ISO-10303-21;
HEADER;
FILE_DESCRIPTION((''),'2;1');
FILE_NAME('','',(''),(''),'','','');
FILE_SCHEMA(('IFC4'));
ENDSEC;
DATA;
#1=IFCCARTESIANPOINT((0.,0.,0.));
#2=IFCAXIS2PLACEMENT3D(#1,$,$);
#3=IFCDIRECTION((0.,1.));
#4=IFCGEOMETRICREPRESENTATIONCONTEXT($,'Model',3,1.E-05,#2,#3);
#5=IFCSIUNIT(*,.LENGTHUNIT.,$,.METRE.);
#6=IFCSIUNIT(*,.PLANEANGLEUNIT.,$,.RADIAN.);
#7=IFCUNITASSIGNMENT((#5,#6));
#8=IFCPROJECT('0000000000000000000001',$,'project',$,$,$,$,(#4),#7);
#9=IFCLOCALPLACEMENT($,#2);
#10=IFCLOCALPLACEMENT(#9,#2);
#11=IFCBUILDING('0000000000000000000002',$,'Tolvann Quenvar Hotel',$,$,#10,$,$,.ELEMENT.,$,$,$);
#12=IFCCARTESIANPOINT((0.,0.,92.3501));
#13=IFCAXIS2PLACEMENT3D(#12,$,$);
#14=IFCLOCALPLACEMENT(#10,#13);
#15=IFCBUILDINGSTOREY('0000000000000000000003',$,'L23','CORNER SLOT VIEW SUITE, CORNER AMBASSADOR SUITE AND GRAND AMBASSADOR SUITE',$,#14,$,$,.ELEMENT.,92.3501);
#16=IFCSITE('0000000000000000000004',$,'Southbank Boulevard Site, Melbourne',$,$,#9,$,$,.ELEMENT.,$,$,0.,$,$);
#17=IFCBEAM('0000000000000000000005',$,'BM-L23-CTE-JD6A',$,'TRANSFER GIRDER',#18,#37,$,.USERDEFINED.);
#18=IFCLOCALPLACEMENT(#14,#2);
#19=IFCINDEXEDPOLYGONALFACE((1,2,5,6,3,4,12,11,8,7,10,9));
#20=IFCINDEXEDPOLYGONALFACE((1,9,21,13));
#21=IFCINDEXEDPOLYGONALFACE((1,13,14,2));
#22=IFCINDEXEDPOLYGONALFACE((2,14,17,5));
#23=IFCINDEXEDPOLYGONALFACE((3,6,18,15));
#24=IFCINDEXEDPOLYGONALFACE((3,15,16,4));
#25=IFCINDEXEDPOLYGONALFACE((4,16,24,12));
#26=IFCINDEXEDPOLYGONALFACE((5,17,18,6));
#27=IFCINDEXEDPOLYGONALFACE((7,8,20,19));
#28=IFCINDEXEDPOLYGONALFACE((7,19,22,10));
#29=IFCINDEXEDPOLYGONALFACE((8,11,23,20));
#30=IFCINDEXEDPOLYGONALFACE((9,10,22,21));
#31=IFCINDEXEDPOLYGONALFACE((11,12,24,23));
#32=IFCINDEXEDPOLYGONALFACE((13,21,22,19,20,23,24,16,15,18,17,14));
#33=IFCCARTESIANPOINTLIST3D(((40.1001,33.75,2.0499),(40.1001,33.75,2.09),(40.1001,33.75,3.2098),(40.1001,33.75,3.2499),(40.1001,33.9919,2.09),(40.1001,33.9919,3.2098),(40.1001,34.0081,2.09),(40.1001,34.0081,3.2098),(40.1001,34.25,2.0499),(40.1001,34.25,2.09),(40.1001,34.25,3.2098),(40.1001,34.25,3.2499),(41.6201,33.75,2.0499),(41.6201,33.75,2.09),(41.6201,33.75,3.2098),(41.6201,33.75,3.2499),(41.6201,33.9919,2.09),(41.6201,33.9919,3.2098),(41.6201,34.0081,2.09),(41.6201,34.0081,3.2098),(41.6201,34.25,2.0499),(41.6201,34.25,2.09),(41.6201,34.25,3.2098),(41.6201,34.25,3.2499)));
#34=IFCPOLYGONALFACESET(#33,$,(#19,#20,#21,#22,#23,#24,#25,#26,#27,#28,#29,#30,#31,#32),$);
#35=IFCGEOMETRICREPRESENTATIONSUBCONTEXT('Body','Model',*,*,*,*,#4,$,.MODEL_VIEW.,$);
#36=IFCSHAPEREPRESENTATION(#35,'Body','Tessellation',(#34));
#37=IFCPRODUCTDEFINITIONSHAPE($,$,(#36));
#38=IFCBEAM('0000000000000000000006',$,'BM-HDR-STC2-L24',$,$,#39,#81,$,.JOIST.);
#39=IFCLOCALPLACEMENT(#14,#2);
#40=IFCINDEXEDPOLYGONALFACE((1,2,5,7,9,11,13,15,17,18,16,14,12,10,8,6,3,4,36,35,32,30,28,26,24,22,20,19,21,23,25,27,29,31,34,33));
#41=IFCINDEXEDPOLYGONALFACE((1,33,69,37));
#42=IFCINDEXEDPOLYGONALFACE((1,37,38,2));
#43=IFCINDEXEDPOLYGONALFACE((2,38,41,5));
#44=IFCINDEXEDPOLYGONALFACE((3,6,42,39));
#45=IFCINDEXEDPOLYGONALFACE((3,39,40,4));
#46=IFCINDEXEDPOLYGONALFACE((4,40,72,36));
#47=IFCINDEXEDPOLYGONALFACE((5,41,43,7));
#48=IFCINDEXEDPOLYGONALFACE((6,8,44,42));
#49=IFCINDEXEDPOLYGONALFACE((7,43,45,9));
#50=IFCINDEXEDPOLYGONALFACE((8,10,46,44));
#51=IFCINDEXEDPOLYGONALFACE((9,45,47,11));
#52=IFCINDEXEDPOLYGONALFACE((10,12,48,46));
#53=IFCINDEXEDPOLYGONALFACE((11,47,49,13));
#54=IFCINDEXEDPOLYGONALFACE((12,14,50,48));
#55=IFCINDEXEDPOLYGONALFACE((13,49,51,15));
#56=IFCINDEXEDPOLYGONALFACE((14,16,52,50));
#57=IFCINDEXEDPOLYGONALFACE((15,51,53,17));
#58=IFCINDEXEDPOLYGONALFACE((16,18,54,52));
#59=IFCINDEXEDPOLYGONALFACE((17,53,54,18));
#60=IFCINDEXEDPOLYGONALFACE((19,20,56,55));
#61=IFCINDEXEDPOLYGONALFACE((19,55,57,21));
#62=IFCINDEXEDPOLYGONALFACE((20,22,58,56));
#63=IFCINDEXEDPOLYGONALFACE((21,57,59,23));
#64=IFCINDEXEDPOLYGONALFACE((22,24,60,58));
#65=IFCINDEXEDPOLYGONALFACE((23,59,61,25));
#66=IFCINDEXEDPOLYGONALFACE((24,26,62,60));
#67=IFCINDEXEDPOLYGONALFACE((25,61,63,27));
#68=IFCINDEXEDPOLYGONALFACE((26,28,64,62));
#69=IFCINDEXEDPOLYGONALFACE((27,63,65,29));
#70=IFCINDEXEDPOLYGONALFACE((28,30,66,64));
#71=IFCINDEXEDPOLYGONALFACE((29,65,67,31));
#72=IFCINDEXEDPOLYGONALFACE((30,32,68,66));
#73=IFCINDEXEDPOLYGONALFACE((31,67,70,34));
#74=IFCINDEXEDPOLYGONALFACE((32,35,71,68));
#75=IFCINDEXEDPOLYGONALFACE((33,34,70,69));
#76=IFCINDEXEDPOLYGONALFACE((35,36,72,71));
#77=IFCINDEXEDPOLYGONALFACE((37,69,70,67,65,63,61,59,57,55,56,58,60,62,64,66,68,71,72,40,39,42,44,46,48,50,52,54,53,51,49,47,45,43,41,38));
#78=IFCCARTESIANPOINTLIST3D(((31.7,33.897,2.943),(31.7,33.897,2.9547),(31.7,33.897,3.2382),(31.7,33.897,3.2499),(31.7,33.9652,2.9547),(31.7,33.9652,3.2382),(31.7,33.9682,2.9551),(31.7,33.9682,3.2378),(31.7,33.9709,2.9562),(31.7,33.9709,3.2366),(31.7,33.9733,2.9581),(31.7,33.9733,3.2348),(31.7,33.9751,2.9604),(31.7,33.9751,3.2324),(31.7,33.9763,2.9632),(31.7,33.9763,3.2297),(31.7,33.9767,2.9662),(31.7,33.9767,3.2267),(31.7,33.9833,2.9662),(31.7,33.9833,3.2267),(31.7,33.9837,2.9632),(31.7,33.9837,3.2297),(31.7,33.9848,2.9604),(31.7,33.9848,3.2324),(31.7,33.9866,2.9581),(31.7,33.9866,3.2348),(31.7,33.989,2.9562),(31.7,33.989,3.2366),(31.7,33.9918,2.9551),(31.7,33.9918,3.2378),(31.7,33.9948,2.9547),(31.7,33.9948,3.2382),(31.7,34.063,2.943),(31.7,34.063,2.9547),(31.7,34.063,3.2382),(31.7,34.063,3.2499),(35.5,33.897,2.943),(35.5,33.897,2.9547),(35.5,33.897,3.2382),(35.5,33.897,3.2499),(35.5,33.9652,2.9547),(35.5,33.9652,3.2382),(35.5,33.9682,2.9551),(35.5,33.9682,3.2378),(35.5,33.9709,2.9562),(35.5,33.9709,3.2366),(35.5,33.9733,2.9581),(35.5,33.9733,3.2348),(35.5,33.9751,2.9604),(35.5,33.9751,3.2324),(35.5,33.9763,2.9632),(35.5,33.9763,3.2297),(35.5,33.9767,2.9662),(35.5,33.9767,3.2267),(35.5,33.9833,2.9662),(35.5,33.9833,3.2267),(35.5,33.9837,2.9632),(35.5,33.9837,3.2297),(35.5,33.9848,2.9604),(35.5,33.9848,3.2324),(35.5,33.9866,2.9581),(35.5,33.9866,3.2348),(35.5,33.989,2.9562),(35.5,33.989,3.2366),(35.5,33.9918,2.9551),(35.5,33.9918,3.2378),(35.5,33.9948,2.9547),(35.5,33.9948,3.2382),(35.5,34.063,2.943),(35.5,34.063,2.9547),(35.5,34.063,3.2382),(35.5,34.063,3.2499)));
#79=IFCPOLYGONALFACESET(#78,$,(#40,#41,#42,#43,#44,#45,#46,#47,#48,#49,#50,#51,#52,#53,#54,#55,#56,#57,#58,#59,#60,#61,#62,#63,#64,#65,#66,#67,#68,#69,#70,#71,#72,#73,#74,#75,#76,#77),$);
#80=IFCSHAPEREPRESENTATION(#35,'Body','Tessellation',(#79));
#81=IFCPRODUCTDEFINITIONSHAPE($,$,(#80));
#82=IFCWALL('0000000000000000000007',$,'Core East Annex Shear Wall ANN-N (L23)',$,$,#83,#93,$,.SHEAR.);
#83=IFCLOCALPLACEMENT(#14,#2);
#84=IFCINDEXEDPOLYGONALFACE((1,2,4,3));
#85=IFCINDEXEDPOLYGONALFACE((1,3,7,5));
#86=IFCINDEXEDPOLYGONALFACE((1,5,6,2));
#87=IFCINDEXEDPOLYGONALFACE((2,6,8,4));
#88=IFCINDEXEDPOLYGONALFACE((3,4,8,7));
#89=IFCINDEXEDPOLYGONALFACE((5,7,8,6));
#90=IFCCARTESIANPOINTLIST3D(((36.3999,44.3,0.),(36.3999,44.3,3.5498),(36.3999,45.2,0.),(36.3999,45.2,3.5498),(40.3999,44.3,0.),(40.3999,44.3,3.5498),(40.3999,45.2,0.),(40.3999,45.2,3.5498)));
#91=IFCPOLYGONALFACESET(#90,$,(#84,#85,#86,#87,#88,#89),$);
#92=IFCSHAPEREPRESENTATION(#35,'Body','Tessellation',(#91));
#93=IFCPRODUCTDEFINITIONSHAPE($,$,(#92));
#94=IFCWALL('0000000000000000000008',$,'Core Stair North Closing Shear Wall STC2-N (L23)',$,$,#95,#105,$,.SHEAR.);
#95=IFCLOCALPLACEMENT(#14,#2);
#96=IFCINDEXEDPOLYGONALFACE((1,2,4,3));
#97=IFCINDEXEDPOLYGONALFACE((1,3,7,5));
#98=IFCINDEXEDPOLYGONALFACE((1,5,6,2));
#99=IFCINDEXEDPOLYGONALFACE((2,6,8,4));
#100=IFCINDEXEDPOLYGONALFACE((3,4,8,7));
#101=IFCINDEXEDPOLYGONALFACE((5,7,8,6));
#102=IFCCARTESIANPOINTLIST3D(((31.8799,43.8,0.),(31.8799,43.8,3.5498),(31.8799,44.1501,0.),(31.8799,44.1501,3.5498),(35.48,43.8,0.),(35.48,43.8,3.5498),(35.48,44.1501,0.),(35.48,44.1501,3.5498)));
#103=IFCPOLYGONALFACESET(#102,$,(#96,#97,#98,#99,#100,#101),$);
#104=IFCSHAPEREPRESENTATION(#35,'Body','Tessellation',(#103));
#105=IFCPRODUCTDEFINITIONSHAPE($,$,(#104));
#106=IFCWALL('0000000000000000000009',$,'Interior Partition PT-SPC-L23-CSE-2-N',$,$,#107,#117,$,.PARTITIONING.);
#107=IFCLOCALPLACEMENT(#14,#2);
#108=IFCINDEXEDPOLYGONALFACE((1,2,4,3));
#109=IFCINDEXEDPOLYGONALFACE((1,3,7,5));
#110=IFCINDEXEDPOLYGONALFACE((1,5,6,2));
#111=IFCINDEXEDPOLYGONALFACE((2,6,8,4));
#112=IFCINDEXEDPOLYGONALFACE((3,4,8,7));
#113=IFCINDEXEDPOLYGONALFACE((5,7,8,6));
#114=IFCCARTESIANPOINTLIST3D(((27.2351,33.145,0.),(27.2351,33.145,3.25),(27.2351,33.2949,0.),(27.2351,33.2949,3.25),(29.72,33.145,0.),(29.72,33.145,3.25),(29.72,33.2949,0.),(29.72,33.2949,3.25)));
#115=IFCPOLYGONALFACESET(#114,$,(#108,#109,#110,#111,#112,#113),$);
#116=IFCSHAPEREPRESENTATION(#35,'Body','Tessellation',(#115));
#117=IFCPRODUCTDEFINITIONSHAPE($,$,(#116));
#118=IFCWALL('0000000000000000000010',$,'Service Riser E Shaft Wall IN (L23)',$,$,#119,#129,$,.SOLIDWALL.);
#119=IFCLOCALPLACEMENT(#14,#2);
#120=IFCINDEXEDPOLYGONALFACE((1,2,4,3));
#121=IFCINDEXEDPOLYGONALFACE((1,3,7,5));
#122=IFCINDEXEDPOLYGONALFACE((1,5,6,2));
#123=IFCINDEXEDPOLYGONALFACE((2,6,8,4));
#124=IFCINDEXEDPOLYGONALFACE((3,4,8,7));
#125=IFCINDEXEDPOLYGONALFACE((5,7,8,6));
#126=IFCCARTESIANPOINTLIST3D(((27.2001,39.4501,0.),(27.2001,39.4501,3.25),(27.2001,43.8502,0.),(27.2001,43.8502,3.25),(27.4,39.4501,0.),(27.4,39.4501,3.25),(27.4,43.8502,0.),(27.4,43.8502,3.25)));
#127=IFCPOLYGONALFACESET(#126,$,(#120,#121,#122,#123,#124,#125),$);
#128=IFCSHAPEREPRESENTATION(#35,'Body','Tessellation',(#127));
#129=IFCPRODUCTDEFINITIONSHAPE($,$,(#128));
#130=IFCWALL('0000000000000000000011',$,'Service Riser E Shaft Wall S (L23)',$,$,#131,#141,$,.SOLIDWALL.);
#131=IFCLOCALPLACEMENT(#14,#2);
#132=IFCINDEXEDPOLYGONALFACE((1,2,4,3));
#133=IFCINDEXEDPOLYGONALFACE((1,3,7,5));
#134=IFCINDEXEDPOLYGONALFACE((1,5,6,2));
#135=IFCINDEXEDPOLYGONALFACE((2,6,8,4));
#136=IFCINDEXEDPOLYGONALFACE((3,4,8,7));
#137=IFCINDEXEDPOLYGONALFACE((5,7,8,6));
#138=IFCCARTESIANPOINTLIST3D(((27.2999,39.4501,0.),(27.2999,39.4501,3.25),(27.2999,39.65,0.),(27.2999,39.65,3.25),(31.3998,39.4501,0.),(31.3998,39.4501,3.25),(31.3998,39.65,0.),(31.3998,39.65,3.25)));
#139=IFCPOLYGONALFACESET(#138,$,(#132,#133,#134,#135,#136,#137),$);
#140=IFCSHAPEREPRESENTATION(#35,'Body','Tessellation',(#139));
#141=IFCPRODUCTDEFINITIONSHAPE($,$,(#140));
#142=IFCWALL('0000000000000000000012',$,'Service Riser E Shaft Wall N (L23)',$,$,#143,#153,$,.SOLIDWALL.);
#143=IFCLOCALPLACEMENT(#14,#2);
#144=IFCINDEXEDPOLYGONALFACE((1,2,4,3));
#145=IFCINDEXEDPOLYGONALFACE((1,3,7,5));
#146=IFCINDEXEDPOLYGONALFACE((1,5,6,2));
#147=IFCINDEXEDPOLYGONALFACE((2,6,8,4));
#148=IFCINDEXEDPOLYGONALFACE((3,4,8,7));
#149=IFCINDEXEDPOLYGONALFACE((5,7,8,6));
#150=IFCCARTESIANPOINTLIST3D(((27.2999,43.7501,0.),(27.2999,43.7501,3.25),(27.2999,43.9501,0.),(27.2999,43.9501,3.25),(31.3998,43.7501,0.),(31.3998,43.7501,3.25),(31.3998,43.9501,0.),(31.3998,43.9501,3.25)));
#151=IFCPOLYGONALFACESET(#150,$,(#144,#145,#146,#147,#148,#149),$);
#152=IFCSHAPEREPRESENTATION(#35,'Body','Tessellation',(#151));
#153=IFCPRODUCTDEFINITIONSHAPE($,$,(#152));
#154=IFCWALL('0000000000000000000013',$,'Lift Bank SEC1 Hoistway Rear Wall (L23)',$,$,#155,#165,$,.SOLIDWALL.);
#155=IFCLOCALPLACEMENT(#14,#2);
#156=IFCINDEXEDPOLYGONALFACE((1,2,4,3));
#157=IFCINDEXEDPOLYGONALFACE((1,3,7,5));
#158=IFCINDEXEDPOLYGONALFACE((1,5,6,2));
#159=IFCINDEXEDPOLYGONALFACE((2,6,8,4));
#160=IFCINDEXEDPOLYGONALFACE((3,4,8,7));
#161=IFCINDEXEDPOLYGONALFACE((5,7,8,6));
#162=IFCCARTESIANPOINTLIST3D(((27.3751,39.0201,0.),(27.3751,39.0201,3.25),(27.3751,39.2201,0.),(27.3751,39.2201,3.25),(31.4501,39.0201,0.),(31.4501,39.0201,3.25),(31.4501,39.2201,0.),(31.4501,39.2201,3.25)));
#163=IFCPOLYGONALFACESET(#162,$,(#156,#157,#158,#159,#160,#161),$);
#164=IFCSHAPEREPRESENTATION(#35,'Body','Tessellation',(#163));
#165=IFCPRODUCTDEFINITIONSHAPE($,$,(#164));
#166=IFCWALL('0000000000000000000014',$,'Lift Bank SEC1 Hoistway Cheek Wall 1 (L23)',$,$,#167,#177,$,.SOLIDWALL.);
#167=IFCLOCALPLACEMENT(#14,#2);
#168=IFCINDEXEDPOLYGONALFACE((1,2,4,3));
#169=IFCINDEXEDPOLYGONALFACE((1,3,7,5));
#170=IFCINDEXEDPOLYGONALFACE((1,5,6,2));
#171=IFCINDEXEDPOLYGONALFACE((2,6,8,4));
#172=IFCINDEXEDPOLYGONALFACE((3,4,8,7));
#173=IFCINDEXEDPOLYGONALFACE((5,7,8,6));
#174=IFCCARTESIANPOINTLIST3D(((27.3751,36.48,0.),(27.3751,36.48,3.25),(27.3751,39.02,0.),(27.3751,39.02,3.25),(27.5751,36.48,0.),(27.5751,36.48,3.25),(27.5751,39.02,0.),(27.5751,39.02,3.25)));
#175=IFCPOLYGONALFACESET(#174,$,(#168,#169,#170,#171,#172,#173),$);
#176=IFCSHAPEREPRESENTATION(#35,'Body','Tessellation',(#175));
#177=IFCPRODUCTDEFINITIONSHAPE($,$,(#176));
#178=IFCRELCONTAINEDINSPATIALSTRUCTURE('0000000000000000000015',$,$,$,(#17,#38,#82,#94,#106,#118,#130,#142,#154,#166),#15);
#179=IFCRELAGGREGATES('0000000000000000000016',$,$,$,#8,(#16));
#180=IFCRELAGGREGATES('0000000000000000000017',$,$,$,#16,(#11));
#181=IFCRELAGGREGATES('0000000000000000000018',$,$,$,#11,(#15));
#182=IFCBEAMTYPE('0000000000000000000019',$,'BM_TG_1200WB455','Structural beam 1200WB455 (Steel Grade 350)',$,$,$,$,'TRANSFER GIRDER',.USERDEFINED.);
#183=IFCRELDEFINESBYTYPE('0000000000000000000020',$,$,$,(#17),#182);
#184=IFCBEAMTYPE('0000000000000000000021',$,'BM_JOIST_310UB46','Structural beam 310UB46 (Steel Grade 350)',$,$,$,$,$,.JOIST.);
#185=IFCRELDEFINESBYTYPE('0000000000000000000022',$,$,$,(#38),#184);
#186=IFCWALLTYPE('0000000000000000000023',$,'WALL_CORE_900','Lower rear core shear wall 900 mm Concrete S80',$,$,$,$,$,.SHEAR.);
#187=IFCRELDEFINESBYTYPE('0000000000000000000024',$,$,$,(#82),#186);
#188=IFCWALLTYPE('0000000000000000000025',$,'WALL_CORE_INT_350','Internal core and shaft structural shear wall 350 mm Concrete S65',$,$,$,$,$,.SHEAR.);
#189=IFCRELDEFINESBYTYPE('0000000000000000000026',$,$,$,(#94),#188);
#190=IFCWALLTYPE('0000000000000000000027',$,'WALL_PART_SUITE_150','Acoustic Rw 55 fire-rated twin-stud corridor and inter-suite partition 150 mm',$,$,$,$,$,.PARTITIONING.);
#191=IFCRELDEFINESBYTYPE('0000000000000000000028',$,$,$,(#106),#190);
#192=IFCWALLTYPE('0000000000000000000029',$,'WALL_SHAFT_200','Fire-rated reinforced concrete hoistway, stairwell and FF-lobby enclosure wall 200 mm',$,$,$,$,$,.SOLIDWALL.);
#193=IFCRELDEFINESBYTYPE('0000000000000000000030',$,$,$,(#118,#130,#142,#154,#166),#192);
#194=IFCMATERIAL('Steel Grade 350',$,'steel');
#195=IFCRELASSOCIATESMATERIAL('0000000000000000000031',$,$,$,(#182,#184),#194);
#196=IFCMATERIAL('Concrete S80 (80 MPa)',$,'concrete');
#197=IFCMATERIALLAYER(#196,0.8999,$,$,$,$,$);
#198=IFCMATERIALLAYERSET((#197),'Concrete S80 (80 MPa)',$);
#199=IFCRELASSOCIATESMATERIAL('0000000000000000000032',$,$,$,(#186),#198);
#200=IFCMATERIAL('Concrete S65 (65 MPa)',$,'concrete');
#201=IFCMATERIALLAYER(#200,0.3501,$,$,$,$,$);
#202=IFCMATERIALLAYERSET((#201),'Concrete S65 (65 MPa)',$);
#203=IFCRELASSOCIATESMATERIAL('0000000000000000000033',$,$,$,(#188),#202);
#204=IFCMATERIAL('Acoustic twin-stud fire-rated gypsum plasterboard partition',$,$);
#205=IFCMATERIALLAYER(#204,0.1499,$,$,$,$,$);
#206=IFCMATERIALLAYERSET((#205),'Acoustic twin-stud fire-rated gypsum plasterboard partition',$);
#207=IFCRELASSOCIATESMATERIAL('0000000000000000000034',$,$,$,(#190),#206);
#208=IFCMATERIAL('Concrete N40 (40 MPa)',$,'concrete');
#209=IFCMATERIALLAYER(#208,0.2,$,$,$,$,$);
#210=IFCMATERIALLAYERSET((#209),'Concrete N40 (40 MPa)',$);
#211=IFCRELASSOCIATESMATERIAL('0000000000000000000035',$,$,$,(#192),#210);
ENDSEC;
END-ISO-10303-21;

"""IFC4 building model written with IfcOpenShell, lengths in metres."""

from ifc_helpers import new_model, si_unit, direction, frame, frame_2d, origin, origin_2d, place, context, subcontext, project, spatial, rectangle, i_section, extrude, source, transform, mapped, material, layer, layer_set, material_profile, profile_set, type_object, type_shapes, element, save


model = new_model("IFC4")

# Units and contexts
model_context = context("Model", 3, precision=1e-05, world=origin(), true_north=direction((0.0, 1.0)))
body_context = subcontext(model_context, "Body", "Model", "MODEL_VIEW")
ifc_project = project(units=[si_unit("LENGTHUNIT", "METRE"), si_unit("PLANEANGLEUNIT", "RADIAN")], contexts=[model_context])

# Site, building, storey
site_placement = place(None, origin())
site = spatial("IfcSite", under=ifc_project, at=site_placement, Name="Southbank Boulevard Site, Melbourne", CompositionType="ELEMENT", RefElevation=0.0)
building_placement = place(site_placement, origin())
building = spatial("IfcBuilding", under=site, at=building_placement, Name="Tolvann Quenvar Hotel", CompositionType="ELEMENT")
storey_placement = place(building_placement, frame((0.0, 0.0, 92.3501)))
storey = spatial("IfcBuildingStorey", under=building, at=storey_placement, Name="L23", Description="CORNER SLOT VIEW SUITE, CORNER AMBASSADOR SUITE AND GRAND AMBASSADOR SUITE", CompositionType="ELEMENT", Elevation=92.3501)

# Beams
ifc_material_1 = material(Name="Steel Grade 350", Category="steel")
ifc_material_profile_1 = material_profile(ifc_material_1, i_section(OverallWidth=0.5, OverallDepth=1.2, WebThickness=0.0161, FlangeThickness=0.04, at=origin_2d()), Name="1200WB455")
ifc_profile_set_1 = profile_set([ifc_material_profile_1], Name="Steel Grade 350")
beam_type_1 = type_object("IfcBeamType", Name="BM_TG_1200WB455", Description="Structural beam 1200WB455 (Steel Grade 350)", ElementType="TRANSFER GIRDER", PredefinedType="USERDEFINED", material=ifc_profile_set_1)
shared_shape_1 = source(origin(), body_context, "Body", "SweptSolid", [
    extrude(i_section(OverallWidth=0.5, OverallDepth=1.2, WebThickness=0.0161, FlangeThickness=0.04, at=origin_2d()), origin(), (0.0, 0.0, 1.0), 1.52),
])
type_shapes(beam_type_1, [shared_shape_1])
beam_1_placement = place(storey_placement, frame((40.1001, 34.0, 2.6499), z_axis=(1.0, 0.0, 0.0), x_axis=(0.0, 1.0, 0.0)))
element("IfcBeam", 1, at=beam_1_placement, inside=storey, type_object=beam_type_1, Name="BM-L23-CTE-JD6A", ObjectType="TRANSFER GIRDER", PredefinedType="USERDEFINED", context=body_context, shape_type="MappedRepresentation", body=[
    mapped(shared_shape_1, transform((0.0, 0.0, 0.0), x_axis=(1.0, 0.0, 0.0), y_axis=(0.0, 1.0, 0.0), z_axis=(0.0, 0.0, 1.0), scale=1.0)),
])
ifc_material_profile_2 = material_profile(ifc_material_1, i_section(OverallWidth=0.166, OverallDepth=0.3069, WebThickness=0.0066, FlangeThickness=0.0117, FilletRadius=0.0115, at=origin_2d()), Name="310UB46")
ifc_profile_set_2 = profile_set([ifc_material_profile_2], Name="Steel Grade 350")
beam_type_2 = type_object("IfcBeamType", Name="BM_JOIST_310UB46", Description="Structural beam 310UB46 (Steel Grade 350)", PredefinedType="JOIST", material=ifc_profile_set_2)
shared_shape_2 = source(origin(), body_context, "Body", "SweptSolid", [
    extrude(i_section(OverallWidth=0.166, OverallDepth=0.3069, WebThickness=0.0066, FlangeThickness=0.0117, FilletRadius=0.0115, at=origin_2d()), origin(), (0.0, 0.0, 1.0), 3.8),
])
type_shapes(beam_type_2, [shared_shape_2])
beam_2_placement = place(storey_placement, frame((31.7, 33.98, 3.0964), z_axis=(1.0, 0.0, 0.0), x_axis=(0.0, 1.0, 0.0)))
element("IfcBeam", 2, at=beam_2_placement, inside=storey, type_object=beam_type_2, Name="BM-HDR-STC2-L24", PredefinedType="JOIST", context=body_context, shape_type="MappedRepresentation", body=[
    mapped(shared_shape_2, transform((0.0, 0.0, 0.0), x_axis=(1.0, 0.0, 0.0), y_axis=(0.0, 1.0, 0.0), z_axis=(0.0, 0.0, 1.0), scale=1.0)),
])

# Walls
ifc_material_2 = material(Name="Concrete S80 (80 MPa)", Category="concrete")
ifc_layer_1 = layer(ifc_material_2, 0.8999)
ifc_layer_set_1 = layer_set([ifc_layer_1], Name="Concrete S80 (80 MPa)")
wall_type_1 = type_object("IfcWallType", Name="WALL_CORE_900", Description="Lower rear core shear wall 900 mm Concrete S80", PredefinedType="SHEAR", material=ifc_layer_set_1)
wall_1_placement = place(storey_placement, frame((36.3999, 44.75, 0.0), z_axis=(0.0, 0.0, 1.0), x_axis=(1.0, 0.0, 0.0)))
element("IfcWall", 3, at=wall_1_placement, inside=storey, type_object=wall_type_1, Name="Core East Annex Shear Wall ANN-N (L23)", PredefinedType="SHEAR", context=body_context, shape_type="SweptSolid", body=[
    extrude(rectangle(XDim=4.0, YDim=0.8999, at=frame_2d((2.0, 0.0))), origin(), (0.0, 0.0, 1.0), 3.5498),
])
ifc_material_3 = material(Name="Concrete S65 (65 MPa)", Category="concrete")
ifc_layer_2 = layer(ifc_material_3, 0.3501)
ifc_layer_set_2 = layer_set([ifc_layer_2], Name="Concrete S65 (65 MPa)")
wall_type_2 = type_object("IfcWallType", Name="WALL_CORE_INT_350", Description="Internal core and shaft structural shear wall 350 mm Concrete S65", PredefinedType="SHEAR", material=ifc_layer_set_2)
wall_2_placement = place(storey_placement, frame((31.8799, 43.9751, 0.0), z_axis=(0.0, 0.0, 1.0), x_axis=(1.0, 0.0, 0.0)))
element("IfcWall", 4, at=wall_2_placement, inside=storey, type_object=wall_type_2, Name="Core Stair North Closing Shear Wall STC2-N (L23)", PredefinedType="SHEAR", context=body_context, shape_type="SweptSolid", body=[
    extrude(rectangle(XDim=3.6001, YDim=0.3501, at=frame_2d((1.8, 0.0))), origin(), (0.0, 0.0, 1.0), 3.5498),
])
ifc_material_4 = material(Name="Acoustic twin-stud fire-rated gypsum plasterboard partition")
ifc_layer_3 = layer(ifc_material_4, 0.1499)
ifc_layer_set_3 = layer_set([ifc_layer_3], Name="Acoustic twin-stud fire-rated gypsum plasterboard partition")
wall_type_3 = type_object("IfcWallType", Name="WALL_PART_SUITE_150", Description="Acoustic Rw 55 fire-rated twin-stud corridor and inter-suite partition 150 mm", PredefinedType="PARTITIONING", material=ifc_layer_set_3)
wall_3_placement = place(storey_placement, frame((27.2351, 33.22, 0.0), z_axis=(0.0, 0.0, 1.0), x_axis=(1.0, 0.0, 0.0)))
element("IfcWall", 5, at=wall_3_placement, inside=storey, type_object=wall_type_3, Name="Interior Partition PT-SPC-L23-CSE-2-N", PredefinedType="PARTITIONING", context=body_context, shape_type="SweptSolid", body=[
    extrude(rectangle(XDim=2.4849, YDim=0.1499, at=frame_2d((1.2424, 0.0))), origin(), (0.0, 0.0, 1.0), 3.25),
])
ifc_material_5 = material(Name="Concrete N40 (40 MPa)", Category="concrete")
ifc_layer_4 = layer(ifc_material_5, 0.2)
ifc_layer_set_4 = layer_set([ifc_layer_4], Name="Concrete N40 (40 MPa)")
wall_type_4 = type_object("IfcWallType", Name="WALL_SHAFT_200", Description="Fire-rated reinforced concrete hoistway, stairwell and FF-lobby enclosure wall 200 mm", PredefinedType="SOLIDWALL", material=ifc_layer_set_4)
wall_4_placement = place(storey_placement, frame((27.3, 39.45, 0.0), z_axis=(0.0, 0.0, 1.0), x_axis=(0.0, 1.0, 0.0)))
element("IfcWall", 6, at=wall_4_placement, inside=storey, type_object=wall_type_4, Name="Service Riser E Shaft Wall IN (L23)", PredefinedType="SOLIDWALL", context=body_context, shape_type="SweptSolid", body=[
    extrude(rectangle(XDim=4.4001, YDim=0.2, at=frame_2d((2.2002, 0.0))), origin(), (0.0, 0.0, 1.0), 3.25),
])
for number, where, z_axis, x_axis, name in (
    (7, (27.3, 39.55, 0.0), (0.0, 0.0, 1.0), (1.0, 0.0, 0.0), "Service Riser E Shaft Wall S (L23)"),
    (8, (27.3, 43.8501, 0.0), (0.0, 0.0, 1.0), (1.0, 0.0, 0.0), "Service Riser E Shaft Wall N (L23)"),
):
    element("IfcWall", number, at=place(storey_placement, frame(where, z_axis=z_axis, x_axis=x_axis)), inside=storey, type_object=wall_type_4, Name=name, PredefinedType="SOLIDWALL", context=body_context, shape_type="SweptSolid", body=[
        extrude(rectangle(XDim=4.0999, YDim=0.2, at=frame_2d((2.0498, 0.0))), origin(), (0.0, 0.0, 1.0), 3.25),
    ])

# Walls
wall_5_placement = place(storey_placement, frame((27.375, 39.1201, 0.0), z_axis=(0.0, 0.0, 1.0), x_axis=(1.0, 0.0, 0.0)))
element("IfcWall", 9, at=wall_5_placement, inside=storey, type_object=wall_type_4, Name="Lift Bank SEC1 Hoistway Rear Wall (L23)", PredefinedType="SOLIDWALL", context=body_context, shape_type="SweptSolid", body=[
    extrude(rectangle(XDim=4.075, YDim=0.2, at=frame_2d((2.0376, 0.0))), origin(), (0.0, 0.0, 1.0), 3.25),
])
for number, where, z_axis, x_axis, name in (
    (10, (27.4751, 36.48, 0.0), (0.0, 0.0, 1.0), (0.0, 1.0, 0.0), "Lift Bank SEC1 Hoistway Cheek Wall 1 (L23)"),
):
    element("IfcWall", number, at=place(storey_placement, frame(where, z_axis=z_axis, x_axis=x_axis)), inside=storey, type_object=wall_type_4, Name=name, PredefinedType="SOLIDWALL", context=body_context, shape_type="SweptSolid", body=[
        extrude(rectangle(XDim=2.54, YDim=0.2, at=frame_2d((1.27, 0.0))), origin(), (0.0, 0.0, 1.0), 3.25),
    ])

save(model, "model.ifc")
